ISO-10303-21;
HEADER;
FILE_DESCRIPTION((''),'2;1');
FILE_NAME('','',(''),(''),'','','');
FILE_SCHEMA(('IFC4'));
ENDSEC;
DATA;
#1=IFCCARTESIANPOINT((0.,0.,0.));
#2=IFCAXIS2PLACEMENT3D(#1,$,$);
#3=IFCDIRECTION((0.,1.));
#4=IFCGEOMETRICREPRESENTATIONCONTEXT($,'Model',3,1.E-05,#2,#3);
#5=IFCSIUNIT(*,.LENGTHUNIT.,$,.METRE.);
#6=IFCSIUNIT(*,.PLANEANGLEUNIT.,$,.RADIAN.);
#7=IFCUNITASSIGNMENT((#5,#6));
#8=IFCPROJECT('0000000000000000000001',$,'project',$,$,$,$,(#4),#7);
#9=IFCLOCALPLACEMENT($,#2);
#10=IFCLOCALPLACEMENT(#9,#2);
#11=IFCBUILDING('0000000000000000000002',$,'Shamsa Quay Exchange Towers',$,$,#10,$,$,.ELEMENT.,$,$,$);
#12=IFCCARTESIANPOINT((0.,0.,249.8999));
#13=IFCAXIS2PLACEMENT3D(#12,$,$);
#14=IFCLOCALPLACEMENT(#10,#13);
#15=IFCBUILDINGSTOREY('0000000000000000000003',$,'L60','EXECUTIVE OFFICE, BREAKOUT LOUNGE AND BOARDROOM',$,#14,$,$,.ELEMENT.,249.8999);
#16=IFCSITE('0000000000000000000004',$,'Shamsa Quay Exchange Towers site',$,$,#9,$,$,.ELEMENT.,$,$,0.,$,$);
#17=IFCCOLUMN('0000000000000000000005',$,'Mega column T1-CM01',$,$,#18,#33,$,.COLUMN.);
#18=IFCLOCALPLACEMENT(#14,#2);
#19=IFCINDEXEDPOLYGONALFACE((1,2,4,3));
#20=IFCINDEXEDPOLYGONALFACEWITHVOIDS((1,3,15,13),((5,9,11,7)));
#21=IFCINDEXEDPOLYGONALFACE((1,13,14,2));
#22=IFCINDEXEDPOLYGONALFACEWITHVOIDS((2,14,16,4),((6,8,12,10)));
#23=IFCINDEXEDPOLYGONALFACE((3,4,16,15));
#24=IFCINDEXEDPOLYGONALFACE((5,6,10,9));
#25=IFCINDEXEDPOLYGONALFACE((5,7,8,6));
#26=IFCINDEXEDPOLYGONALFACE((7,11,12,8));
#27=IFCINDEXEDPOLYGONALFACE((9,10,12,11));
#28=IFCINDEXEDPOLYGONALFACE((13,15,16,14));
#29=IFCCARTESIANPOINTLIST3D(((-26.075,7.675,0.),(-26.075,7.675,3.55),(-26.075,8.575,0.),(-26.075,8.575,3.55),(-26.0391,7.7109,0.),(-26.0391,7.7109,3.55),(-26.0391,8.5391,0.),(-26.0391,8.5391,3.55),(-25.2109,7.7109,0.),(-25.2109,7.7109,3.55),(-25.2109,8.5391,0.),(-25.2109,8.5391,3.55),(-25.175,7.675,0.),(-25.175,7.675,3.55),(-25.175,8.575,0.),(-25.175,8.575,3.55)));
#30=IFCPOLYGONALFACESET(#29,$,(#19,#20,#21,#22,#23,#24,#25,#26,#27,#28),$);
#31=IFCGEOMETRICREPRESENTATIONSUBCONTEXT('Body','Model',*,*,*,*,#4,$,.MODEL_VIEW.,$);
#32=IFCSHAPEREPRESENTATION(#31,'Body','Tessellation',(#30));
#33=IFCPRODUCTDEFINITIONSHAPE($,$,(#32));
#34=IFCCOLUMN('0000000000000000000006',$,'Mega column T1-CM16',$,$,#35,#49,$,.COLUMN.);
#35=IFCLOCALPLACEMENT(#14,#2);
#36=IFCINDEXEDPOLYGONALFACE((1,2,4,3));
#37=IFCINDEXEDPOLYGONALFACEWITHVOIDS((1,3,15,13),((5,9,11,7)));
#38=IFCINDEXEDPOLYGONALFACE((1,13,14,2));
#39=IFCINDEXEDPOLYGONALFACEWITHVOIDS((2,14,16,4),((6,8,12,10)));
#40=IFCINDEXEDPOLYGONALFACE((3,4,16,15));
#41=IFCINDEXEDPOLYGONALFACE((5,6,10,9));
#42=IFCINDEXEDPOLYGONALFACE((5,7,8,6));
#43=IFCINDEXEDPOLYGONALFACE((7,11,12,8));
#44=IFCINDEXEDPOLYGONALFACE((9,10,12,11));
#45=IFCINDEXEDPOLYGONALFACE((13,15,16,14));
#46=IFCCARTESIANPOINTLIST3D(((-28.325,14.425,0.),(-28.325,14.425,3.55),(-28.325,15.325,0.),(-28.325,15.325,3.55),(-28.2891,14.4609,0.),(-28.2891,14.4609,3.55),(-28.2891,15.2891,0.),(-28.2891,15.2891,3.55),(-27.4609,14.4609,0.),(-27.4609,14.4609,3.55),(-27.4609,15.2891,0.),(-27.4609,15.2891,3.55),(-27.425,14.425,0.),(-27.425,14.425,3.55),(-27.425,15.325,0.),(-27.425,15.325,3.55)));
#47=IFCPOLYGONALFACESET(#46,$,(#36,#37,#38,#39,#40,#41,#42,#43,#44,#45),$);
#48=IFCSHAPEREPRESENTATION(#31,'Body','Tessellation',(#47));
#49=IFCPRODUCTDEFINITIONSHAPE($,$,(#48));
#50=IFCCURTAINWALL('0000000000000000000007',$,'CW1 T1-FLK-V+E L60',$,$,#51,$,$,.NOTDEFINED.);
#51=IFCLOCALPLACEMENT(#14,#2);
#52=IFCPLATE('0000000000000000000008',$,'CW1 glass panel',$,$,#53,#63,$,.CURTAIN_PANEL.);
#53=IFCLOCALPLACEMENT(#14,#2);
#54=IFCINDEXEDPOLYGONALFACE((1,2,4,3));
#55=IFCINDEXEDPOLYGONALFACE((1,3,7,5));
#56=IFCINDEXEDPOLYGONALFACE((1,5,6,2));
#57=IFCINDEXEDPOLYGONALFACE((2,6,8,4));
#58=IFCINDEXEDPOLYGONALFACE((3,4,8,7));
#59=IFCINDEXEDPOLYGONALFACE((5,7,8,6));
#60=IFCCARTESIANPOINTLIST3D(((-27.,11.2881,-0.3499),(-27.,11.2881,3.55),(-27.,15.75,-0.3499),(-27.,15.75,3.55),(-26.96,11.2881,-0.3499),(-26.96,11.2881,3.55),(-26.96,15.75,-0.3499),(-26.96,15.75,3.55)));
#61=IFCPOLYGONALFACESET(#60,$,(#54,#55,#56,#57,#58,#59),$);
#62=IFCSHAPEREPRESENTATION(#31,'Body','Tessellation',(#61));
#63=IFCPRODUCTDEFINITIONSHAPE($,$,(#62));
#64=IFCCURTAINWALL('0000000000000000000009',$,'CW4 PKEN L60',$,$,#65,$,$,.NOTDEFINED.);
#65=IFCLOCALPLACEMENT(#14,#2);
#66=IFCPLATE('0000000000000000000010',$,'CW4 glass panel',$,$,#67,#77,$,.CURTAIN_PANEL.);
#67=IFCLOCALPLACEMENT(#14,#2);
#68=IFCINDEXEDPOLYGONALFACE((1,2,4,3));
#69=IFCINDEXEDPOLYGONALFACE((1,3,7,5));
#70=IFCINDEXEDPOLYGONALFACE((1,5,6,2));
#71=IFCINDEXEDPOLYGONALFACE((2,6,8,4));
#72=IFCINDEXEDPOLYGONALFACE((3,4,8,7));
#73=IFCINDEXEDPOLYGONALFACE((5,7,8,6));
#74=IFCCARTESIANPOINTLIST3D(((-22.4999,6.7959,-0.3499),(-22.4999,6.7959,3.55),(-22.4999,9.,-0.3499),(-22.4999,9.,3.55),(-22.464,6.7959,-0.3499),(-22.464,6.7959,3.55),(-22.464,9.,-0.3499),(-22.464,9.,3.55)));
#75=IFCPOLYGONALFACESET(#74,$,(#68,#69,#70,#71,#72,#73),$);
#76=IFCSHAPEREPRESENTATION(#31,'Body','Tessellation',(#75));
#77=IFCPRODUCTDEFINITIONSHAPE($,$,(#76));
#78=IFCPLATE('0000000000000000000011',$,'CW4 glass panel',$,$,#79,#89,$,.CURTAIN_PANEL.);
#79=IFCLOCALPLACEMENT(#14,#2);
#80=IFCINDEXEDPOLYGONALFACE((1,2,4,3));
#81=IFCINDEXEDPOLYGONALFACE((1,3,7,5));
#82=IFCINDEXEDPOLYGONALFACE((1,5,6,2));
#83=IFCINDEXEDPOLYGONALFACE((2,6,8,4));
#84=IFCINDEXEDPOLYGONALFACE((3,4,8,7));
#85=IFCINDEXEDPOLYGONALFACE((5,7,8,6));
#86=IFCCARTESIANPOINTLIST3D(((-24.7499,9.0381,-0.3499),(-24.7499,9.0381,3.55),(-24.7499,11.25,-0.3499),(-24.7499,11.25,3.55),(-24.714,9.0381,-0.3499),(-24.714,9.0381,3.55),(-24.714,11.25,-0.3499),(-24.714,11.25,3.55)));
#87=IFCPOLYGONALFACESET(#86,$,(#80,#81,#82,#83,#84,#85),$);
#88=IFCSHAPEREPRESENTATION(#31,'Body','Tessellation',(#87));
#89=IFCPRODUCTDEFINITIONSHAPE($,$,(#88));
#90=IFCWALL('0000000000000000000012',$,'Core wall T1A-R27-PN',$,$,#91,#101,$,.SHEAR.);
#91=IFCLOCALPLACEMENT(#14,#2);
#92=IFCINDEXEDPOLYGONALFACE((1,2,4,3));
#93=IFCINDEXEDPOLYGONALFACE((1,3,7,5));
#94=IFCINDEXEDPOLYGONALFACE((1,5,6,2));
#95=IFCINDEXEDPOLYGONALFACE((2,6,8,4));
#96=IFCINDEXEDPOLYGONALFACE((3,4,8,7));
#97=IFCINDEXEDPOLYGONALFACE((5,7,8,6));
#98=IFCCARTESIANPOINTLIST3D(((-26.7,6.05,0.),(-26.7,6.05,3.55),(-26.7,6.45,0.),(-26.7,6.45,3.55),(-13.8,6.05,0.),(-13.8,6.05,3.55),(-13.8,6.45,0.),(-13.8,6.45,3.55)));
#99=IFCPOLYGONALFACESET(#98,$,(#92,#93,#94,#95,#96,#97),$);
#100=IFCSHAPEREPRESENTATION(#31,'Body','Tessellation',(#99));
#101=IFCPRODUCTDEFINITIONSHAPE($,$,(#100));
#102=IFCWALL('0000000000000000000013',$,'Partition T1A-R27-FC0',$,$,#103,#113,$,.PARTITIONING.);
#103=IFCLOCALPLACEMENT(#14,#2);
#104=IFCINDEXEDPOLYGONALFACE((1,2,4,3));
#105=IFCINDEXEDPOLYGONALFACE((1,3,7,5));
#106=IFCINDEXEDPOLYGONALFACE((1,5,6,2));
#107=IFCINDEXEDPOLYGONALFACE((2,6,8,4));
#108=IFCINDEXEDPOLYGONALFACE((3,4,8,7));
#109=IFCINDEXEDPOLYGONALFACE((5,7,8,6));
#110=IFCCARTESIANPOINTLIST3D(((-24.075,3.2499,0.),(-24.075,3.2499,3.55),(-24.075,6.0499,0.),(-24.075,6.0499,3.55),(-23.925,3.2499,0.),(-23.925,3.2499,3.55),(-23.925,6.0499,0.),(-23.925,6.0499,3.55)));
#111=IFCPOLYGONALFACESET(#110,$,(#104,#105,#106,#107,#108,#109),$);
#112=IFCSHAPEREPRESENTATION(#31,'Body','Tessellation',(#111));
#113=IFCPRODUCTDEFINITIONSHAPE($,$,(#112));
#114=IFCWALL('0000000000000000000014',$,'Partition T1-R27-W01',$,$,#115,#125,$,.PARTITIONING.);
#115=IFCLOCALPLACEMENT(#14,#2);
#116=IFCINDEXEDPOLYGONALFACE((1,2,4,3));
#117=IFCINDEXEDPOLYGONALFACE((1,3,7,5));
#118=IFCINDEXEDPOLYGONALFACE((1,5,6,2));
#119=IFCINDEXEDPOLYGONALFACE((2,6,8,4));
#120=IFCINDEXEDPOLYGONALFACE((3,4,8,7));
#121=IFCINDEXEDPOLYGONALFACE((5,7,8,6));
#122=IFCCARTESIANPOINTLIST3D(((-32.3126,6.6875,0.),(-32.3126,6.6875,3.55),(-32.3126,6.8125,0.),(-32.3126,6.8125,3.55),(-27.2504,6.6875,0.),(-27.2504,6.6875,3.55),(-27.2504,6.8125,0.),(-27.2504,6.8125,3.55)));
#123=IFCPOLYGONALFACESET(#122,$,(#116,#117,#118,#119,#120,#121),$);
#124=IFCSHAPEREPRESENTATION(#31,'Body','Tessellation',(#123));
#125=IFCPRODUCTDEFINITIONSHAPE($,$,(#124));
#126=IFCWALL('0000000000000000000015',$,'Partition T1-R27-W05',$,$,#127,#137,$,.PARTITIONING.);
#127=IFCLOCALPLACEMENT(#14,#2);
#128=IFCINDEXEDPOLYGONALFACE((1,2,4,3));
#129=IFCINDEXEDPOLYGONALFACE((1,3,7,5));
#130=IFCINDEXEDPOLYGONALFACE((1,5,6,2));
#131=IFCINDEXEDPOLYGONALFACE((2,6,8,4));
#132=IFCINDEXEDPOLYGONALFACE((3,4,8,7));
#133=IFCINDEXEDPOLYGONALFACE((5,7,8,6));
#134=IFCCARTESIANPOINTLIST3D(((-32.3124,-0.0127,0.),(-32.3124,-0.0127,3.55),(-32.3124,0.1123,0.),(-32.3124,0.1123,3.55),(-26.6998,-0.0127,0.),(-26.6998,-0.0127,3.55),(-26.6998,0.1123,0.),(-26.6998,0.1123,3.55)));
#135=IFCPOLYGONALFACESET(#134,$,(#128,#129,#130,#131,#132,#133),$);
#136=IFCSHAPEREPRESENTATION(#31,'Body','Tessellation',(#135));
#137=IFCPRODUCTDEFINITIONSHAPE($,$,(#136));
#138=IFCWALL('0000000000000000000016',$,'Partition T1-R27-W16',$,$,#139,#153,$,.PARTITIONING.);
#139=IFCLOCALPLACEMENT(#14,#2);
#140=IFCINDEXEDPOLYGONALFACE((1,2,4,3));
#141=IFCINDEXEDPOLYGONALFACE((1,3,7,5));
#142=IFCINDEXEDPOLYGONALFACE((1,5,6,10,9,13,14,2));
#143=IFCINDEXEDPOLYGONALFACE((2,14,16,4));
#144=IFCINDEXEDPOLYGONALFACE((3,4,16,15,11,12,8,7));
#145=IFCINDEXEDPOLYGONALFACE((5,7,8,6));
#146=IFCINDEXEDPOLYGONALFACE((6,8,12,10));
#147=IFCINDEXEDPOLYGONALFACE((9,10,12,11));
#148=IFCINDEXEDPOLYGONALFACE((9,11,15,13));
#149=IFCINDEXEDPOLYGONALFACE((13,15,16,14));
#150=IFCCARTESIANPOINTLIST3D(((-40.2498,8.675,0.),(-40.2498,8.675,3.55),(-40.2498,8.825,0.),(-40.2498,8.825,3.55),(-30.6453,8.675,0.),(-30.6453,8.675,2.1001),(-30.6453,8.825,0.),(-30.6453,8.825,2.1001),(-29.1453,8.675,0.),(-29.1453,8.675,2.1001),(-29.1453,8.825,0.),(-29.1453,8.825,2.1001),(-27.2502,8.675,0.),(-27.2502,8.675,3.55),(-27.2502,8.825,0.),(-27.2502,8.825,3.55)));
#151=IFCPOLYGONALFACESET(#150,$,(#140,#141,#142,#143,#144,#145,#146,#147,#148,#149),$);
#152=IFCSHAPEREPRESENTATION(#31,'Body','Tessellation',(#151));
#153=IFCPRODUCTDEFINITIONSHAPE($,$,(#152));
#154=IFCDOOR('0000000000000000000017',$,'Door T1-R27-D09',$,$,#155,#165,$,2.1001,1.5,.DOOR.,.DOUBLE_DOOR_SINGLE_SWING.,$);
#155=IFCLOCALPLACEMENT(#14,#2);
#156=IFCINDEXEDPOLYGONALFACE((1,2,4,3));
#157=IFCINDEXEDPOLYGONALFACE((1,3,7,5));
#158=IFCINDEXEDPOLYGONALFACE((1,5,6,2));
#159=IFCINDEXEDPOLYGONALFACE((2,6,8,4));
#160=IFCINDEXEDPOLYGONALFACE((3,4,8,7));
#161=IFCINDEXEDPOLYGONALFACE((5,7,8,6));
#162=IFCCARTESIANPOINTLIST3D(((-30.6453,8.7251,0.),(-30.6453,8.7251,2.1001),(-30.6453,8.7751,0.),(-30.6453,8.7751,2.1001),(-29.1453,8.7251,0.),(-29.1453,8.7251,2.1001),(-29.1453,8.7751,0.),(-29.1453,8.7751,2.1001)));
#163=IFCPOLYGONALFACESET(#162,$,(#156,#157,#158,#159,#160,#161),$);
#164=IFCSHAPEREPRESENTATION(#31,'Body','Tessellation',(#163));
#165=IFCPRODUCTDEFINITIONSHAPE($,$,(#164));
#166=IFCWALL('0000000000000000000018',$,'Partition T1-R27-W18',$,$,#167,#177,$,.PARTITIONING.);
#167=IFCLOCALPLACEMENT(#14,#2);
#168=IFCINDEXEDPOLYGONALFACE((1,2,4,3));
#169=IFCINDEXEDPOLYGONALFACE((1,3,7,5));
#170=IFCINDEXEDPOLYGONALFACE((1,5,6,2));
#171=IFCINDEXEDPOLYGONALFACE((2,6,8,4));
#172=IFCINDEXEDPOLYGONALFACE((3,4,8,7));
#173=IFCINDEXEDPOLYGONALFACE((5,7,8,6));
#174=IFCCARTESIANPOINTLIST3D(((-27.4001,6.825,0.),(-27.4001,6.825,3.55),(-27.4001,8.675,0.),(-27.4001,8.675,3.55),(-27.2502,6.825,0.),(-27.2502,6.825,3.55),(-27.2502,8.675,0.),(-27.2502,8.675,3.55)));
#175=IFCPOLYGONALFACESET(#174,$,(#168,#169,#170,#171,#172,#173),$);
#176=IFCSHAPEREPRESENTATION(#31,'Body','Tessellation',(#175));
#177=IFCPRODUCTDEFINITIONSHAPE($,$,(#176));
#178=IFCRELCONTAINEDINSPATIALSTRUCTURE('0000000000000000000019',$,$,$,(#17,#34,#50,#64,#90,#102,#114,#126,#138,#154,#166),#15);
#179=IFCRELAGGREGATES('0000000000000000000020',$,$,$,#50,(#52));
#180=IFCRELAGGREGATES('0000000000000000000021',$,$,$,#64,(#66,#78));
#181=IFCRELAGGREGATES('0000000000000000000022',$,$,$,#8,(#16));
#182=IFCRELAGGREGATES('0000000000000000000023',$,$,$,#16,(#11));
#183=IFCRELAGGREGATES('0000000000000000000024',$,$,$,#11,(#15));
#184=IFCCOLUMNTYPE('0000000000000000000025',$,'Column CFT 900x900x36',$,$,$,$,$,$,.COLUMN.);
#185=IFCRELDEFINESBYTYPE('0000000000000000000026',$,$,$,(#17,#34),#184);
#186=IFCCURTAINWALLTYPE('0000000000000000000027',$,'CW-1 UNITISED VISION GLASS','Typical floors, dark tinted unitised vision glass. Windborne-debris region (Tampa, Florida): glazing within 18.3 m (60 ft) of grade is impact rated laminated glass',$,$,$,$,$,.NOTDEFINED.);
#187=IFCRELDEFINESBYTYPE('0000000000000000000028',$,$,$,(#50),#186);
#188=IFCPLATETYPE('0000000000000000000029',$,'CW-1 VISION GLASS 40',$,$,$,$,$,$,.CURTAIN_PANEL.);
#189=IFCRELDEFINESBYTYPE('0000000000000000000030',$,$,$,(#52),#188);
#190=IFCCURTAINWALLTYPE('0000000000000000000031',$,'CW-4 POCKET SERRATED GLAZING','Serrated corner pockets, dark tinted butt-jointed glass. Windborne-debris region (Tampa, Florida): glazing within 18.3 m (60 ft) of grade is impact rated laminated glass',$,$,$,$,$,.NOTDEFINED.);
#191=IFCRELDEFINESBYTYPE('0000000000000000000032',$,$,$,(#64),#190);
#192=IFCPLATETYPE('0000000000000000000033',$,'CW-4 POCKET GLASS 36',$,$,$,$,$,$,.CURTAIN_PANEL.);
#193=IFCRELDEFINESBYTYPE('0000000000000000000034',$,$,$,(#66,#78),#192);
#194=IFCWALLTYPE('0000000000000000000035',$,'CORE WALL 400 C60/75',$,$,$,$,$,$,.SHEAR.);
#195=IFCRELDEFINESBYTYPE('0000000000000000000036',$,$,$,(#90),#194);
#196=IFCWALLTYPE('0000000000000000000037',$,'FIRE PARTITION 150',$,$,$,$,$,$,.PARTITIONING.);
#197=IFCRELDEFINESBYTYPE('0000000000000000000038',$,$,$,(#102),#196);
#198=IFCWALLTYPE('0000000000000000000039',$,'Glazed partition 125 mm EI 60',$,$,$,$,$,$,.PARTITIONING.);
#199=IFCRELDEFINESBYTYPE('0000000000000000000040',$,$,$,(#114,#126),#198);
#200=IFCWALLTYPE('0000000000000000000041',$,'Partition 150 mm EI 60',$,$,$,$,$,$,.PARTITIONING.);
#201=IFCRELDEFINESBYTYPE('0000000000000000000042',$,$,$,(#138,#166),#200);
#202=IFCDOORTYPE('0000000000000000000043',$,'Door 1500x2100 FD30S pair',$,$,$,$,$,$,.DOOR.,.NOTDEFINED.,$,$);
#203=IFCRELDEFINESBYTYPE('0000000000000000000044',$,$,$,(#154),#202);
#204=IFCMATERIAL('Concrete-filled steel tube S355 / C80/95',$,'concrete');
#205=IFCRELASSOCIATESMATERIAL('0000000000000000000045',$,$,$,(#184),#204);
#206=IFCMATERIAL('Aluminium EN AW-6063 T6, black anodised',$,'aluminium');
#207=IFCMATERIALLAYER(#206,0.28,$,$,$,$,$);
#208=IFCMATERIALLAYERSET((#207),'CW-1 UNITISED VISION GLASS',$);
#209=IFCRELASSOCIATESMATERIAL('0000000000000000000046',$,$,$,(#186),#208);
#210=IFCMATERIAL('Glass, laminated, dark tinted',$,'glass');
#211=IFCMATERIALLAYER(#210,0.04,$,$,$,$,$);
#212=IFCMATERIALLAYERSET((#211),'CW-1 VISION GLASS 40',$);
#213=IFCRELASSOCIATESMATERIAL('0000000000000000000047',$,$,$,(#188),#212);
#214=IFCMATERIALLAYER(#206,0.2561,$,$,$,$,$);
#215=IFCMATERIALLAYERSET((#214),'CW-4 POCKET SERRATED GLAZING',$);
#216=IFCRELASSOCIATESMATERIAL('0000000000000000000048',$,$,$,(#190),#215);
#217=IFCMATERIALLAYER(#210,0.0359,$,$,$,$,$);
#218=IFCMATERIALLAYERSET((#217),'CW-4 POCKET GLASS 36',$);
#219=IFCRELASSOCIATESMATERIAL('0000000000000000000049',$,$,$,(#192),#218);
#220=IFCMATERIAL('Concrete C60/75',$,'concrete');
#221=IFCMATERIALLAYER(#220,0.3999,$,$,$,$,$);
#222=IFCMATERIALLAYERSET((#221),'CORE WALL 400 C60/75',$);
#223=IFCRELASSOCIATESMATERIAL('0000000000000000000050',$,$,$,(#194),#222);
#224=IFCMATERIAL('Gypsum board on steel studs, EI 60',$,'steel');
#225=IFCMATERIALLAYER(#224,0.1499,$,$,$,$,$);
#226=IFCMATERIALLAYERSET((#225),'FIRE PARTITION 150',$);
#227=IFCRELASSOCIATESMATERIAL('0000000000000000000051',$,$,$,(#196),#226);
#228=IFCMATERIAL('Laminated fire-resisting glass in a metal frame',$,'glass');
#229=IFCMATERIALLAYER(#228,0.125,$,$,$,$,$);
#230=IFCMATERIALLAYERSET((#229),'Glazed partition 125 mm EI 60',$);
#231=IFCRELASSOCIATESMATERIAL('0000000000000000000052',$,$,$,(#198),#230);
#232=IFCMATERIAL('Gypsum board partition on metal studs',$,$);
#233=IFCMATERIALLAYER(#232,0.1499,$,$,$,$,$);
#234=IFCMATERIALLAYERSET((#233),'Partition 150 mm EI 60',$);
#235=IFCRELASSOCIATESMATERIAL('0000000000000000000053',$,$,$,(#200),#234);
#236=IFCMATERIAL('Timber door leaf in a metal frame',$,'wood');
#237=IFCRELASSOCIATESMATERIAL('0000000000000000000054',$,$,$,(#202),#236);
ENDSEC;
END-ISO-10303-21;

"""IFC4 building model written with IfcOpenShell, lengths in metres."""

from ifc_helpers import new_model, si_unit, direction, frame, frame_2d, origin, origin_2d, place, context, subcontext, project, spatial, rectangle, hollow_rectangle, extrude, material, layer, layer_set, material_profile, profile_set, type_object, element, fill, aggregate, save


model = new_model("IFC4")

# Units and contexts
model_context = context("Model", 3, precision=1e-05, world=origin(), true_north=direction((0.0, 1.0)))
body_context = subcontext(model_context, "Body", "Model", "MODEL_VIEW")
ifc_project = project(units=[si_unit("LENGTHUNIT", "METRE"), si_unit("PLANEANGLEUNIT", "RADIAN")], contexts=[model_context])

# Site, building, storey
site_placement = place(None, origin())
site = spatial("IfcSite", under=ifc_project, at=site_placement, Name="Shamsa Quay Exchange Towers site", CompositionType="ELEMENT", RefElevation=0.0)
building_placement = place(site_placement, origin())
building = spatial("IfcBuilding", under=site, at=building_placement, Name="Shamsa Quay Exchange Towers", CompositionType="ELEMENT")
storey_placement = place(building_placement, frame((0.0, 0.0, 249.8999)))
storey = spatial("IfcBuildingStorey", under=building, at=storey_placement, Name="L60", Description="EXECUTIVE OFFICE, BREAKOUT LOUNGE AND BOARDROOM", CompositionType="ELEMENT", Elevation=249.8999)

# Columns
ifc_material_1 = material(Name="Concrete-filled steel tube S355 / C80/95", Category="concrete")
ifc_material_profile = material_profile(ifc_material_1, hollow_rectangle(XDim=0.8999, YDim=0.8999, WallThickness=0.0359, at=origin_2d()), Name="CFT 900x900x36")
ifc_profile_set = profile_set([ifc_material_profile], Name="Concrete-filled steel tube S355 / C80/95")
column_type = type_object("IfcColumnType", Name="Column CFT 900x900x36", PredefinedType="COLUMN", material=ifc_profile_set)
for number, where, name in (
    (1, (-25.625, 8.125, 0.0), "Mega column T1-CM01"),
    (2, (-27.875, 14.875, 0.0), "Mega column T1-CM16"),
):
    element("IfcColumn", number, at=place(storey_placement, frame(where)), inside=storey, type_object=column_type, Name=name, PredefinedType="COLUMN", context=body_context, shape_type="SweptSolid", body=[
        extrude(hollow_rectangle(XDim=0.8999, YDim=0.8999, WallThickness=0.0359, at=origin_2d()), origin(), (0.0, 0.0, 1.0), 3.55),
    ])

# Curtain wall, plate
ifc_material_2 = material(Name="Aluminium EN AW-6063 T6, black anodised", Category="aluminium")
ifc_layer_1 = layer(ifc_material_2, 0.28)
ifc_layer_set_1 = layer_set([ifc_layer_1], Name="CW-1 UNITISED VISION GLASS")
curtain_wall_type_1 = type_object("IfcCurtainWallType", Name="CW-1 UNITISED VISION GLASS", Description="Typical floors, dark tinted unitised vision glass. Windborne-debris region (Tampa, Florida): glazing within 18.3 m (60 ft) of grade is impact rated laminated glass", PredefinedType="NOTDEFINED", material=ifc_layer_set_1)
curtain_wall_1_placement = place(storey_placement, origin())
curtain_wall_1 = element("IfcCurtainWall", 3, at=curtain_wall_1_placement, inside=storey, type_object=curtain_wall_type_1, Name="CW1 T1-FLK-V+E L60", PredefinedType="NOTDEFINED")
ifc_material_3 = material(Name="Glass, laminated, dark tinted", Category="glass")
ifc_layer_2 = layer(ifc_material_3, 0.04)
ifc_layer_set_2 = layer_set([ifc_layer_2], Name="CW-1 VISION GLASS 40")
plate_type_1 = type_object("IfcPlateType", Name="CW-1 VISION GLASS 40", PredefinedType="CURTAIN_PANEL", material=ifc_layer_set_2)
plate_1_placement = place(storey_placement, frame((-26.98, 13.519, -0.3499), z_axis=(0.0, 0.0, 1.0), x_axis=(0.0, 1.0, 0.0)))
plate_1 = element("IfcPlate", 4, at=plate_1_placement, type_object=plate_type_1, Name="CW1 glass panel", PredefinedType="CURTAIN_PANEL", context=body_context, shape_type="SweptSolid", body=[
    extrude(rectangle(XDim=4.4619, YDim=0.04, at=origin_2d()), origin(), (0.0, 0.0, 1.0), 3.8999),
])
aggregate(curtain_wall_1, [plate_1])

# Curtain wall, plates
ifc_layer_3 = layer(ifc_material_2, 0.2561)
ifc_layer_set_3 = layer_set([ifc_layer_3], Name="CW-4 POCKET SERRATED GLAZING")
curtain_wall_type_2 = type_object("IfcCurtainWallType", Name="CW-4 POCKET SERRATED GLAZING", Description="Serrated corner pockets, dark tinted butt-jointed glass. Windborne-debris region (Tampa, Florida): glazing within 18.3 m (60 ft) of grade is impact rated laminated glass", PredefinedType="NOTDEFINED", material=ifc_layer_set_3)
curtain_wall_2_placement = place(storey_placement, origin())
curtain_wall_2 = element("IfcCurtainWall", 5, at=curtain_wall_2_placement, inside=storey, type_object=curtain_wall_type_2, Name="CW4 PKEN L60", PredefinedType="NOTDEFINED")
ifc_layer_4 = layer(ifc_material_3, 0.0359)
ifc_layer_set_4 = layer_set([ifc_layer_4], Name="CW-4 POCKET GLASS 36")
plate_type_2 = type_object("IfcPlateType", Name="CW-4 POCKET GLASS 36", PredefinedType="CURTAIN_PANEL", material=ifc_layer_set_4)
plate_2_placement = place(storey_placement, frame((-22.4819, 7.8979, -0.3499), z_axis=(0.0, 0.0, 1.0), x_axis=(0.0, 1.0, 0.0)))
plate_2 = element("IfcPlate", 6, at=plate_2_placement, type_object=plate_type_2, Name="CW4 glass panel", PredefinedType="CURTAIN_PANEL", context=body_context, shape_type="SweptSolid", body=[
    extrude(rectangle(XDim=2.2041, YDim=0.0359, at=origin_2d()), origin(), (0.0, 0.0, 1.0), 3.8999),
])
plate_3_placement = place(storey_placement, frame((-24.7319, 10.144, -0.3499), z_axis=(0.0, 0.0, 1.0), x_axis=(0.0, 1.0, 0.0)))
plate_3 = element("IfcPlate", 7, at=plate_3_placement, type_object=plate_type_2, Name="CW4 glass panel", PredefinedType="CURTAIN_PANEL", context=body_context, shape_type="SweptSolid", body=[
    extrude(rectangle(XDim=2.2119, YDim=0.0359, at=origin_2d()), origin(), (0.0, 0.0, 1.0), 3.8999),
])
aggregate(curtain_wall_2, [plate_2, plate_3])

# Wall
ifc_material_4 = material(Name="Concrete C60/75", Category="concrete")
ifc_layer_5 = layer(ifc_material_4, 0.3999)
ifc_layer_set_5 = layer_set([ifc_layer_5], Name="CORE WALL 400 C60/75")
wall_type_1 = type_object("IfcWallType", Name="CORE WALL 400 C60/75", PredefinedType="SHEAR", material=ifc_layer_set_5)
wall_1_placement = place(storey_placement, frame((-26.7, 6.25, 0.0)))
element("IfcWall", 8, at=wall_1_placement, inside=storey, type_object=wall_type_1, Name="Core wall T1A-R27-PN", PredefinedType="SHEAR", context=body_context, shape_type="SweptSolid", body=[
    extrude(rectangle(XDim=12.8999, YDim=0.3999, at=frame_2d((6.45, 0.0))), origin(), (0.0, 0.0, 1.0), 3.55),
])

# Walls
ifc_material_5 = material(Name="Gypsum board on steel studs, EI 60", Category="steel")
ifc_layer_6 = layer(ifc_material_5, 0.1499)
ifc_layer_set_6 = layer_set([ifc_layer_6], Name="FIRE PARTITION 150")
wall_type_2 = type_object("IfcWallType", Name="FIRE PARTITION 150", PredefinedType="PARTITIONING", material=ifc_layer_set_6)
wall_2_placement = place(storey_placement, frame((-24.0, 3.25, 0.0), z_axis=(0.0, 0.0, 1.0), x_axis=(0.0, 1.0, 0.0)))
element("IfcWall", 9, at=wall_2_placement, inside=storey, type_object=wall_type_2, Name="Partition T1A-R27-FC0", PredefinedType="PARTITIONING", context=body_context, shape_type="SweptSolid", body=[
    extrude(rectangle(XDim=2.8, YDim=0.1499, at=frame_2d((1.3999, 0.0))), origin(), (0.0, 0.0, 1.0), 3.55),
])
ifc_material_6 = material(Name="Laminated fire-resisting glass in a metal frame", Category="glass")
ifc_layer_7 = layer(ifc_material_6, 0.125)
ifc_layer_set_7 = layer_set([ifc_layer_7], Name="Glazed partition 125 mm EI 60")
wall_type_3 = type_object("IfcWallType", Name="Glazed partition 125 mm EI 60", PredefinedType="PARTITIONING", material=ifc_layer_set_7)
wall_3_placement = place(storey_placement, frame((-27.2502, 6.75, 0.0), z_axis=(0.0, 0.0, 1.0), x_axis=(-1.0, 0.0, 0.0)))
element("IfcWall", 10, at=wall_3_placement, inside=storey, type_object=wall_type_3, Name="Partition T1-R27-W01", PredefinedType="PARTITIONING", context=body_context, shape_type="SweptSolid", body=[
    extrude(rectangle(XDim=5.0623, YDim=0.125, at=frame_2d((2.5312, 0.0))), origin(), (0.0, 0.0, 1.0), 3.55),
])
wall_4_placement = place(storey_placement, frame((-26.7, 0.0498, 0.0), z_axis=(0.0, 0.0, 1.0), x_axis=(-1.0, 0.0, 0.0)))
element("IfcWall", 11, at=wall_4_placement, inside=storey, type_object=wall_type_3, Name="Partition T1-R27-W05", PredefinedType="PARTITIONING", context=body_context, shape_type="SweptSolid", body=[
    extrude(rectangle(XDim=5.6125, YDim=0.125, at=frame_2d((2.8062, 0.0))), origin(), (0.0, 0.0, 1.0), 3.55),
])

# Wall, opening, door
ifc_material_7 = material(Name="Gypsum board partition on metal studs")
ifc_layer_8 = layer(ifc_material_7, 0.1499)
ifc_layer_set_8 = layer_set([ifc_layer_8], Name="Partition 150 mm EI 60")
wall_type_4 = type_object("IfcWallType", Name="Partition 150 mm EI 60", PredefinedType="PARTITIONING", material=ifc_layer_set_8)
wall_5_placement = place(storey_placement, frame((-27.2502, 8.75, 0.0), z_axis=(0.0, 0.0, 1.0), x_axis=(-1.0, 0.0, 0.0)))
wall_5 = element("IfcWall", 12, at=wall_5_placement, inside=storey, type_object=wall_type_4, Name="Partition T1-R27-W16", PredefinedType="PARTITIONING", context=body_context, shape_type="SweptSolid", body=[
    extrude(rectangle(XDim=12.9995, YDim=0.1499, at=frame_2d((6.4998, 0.0))), origin(), (0.0, 0.0, 1.0), 3.55),
])
opening_1_placement = place(wall_5_placement, frame((1.895, 0.0, 0.0)))
opening_1 = element("IfcOpeningElement", 13, at=opening_1_placement, cuts=wall_5, PredefinedType="OPENING", context=body_context, shape_type="SweptSolid", body=[
    extrude(rectangle(XDim=1.5, YDim=2.1001, at=frame_2d((0.75, 1.05))), frame((0.0, 0.085, 0.0), z_axis=(0.0, -1.0, 0.0), x_axis=(1.0, 0.0, 0.0)), (0.0, 0.0, 1.0), 0.1699),
])
ifc_material_8 = material(Name="Timber door leaf in a metal frame", Category="wood")
door_type_1 = type_object("IfcDoorType", Name="Door 1500x2100 FD30S pair", OperationType="NOTDEFINED", PredefinedType="DOOR", material=ifc_material_8)
door_1_placement = place(opening_1_placement, origin())
door_1 = element("IfcDoor", 14, at=door_1_placement, inside=storey, type_object=door_type_1, Name="Door T1-R27-D09", OperationType="DOUBLE_DOOR_SINGLE_SWING", OverallHeight=2.1001, OverallWidth=1.5, PredefinedType="DOOR", context=body_context, shape_type="SweptSolid", body=[
    extrude(rectangle(XDim=1.5, YDim=2.1001, at=frame_2d((0.75, 1.05))), frame((0.0, 0.0249, 0.0), z_axis=(0.0, -1.0, 0.0), x_axis=(1.0, 0.0, 0.0)), (0.0, 0.0, 1.0), 0.05),
])
fill(opening_1, door_1)

# Wall
wall_6_placement = place(storey_placement, frame((-27.3252, 6.825, 0.0), z_axis=(0.0, 0.0, 1.0), x_axis=(0.0, 1.0, 0.0)))
element("IfcWall", 15, at=wall_6_placement, inside=storey, type_object=wall_type_4, Name="Partition T1-R27-W18", PredefinedType="PARTITIONING", context=body_context, shape_type="SweptSolid", body=[
    extrude(rectangle(XDim=1.8501, YDim=0.1499, at=frame_2d((0.925, 0.0))), origin(), (0.0, 0.0, 1.0), 3.55),
])

save(model, "model.ifc")
